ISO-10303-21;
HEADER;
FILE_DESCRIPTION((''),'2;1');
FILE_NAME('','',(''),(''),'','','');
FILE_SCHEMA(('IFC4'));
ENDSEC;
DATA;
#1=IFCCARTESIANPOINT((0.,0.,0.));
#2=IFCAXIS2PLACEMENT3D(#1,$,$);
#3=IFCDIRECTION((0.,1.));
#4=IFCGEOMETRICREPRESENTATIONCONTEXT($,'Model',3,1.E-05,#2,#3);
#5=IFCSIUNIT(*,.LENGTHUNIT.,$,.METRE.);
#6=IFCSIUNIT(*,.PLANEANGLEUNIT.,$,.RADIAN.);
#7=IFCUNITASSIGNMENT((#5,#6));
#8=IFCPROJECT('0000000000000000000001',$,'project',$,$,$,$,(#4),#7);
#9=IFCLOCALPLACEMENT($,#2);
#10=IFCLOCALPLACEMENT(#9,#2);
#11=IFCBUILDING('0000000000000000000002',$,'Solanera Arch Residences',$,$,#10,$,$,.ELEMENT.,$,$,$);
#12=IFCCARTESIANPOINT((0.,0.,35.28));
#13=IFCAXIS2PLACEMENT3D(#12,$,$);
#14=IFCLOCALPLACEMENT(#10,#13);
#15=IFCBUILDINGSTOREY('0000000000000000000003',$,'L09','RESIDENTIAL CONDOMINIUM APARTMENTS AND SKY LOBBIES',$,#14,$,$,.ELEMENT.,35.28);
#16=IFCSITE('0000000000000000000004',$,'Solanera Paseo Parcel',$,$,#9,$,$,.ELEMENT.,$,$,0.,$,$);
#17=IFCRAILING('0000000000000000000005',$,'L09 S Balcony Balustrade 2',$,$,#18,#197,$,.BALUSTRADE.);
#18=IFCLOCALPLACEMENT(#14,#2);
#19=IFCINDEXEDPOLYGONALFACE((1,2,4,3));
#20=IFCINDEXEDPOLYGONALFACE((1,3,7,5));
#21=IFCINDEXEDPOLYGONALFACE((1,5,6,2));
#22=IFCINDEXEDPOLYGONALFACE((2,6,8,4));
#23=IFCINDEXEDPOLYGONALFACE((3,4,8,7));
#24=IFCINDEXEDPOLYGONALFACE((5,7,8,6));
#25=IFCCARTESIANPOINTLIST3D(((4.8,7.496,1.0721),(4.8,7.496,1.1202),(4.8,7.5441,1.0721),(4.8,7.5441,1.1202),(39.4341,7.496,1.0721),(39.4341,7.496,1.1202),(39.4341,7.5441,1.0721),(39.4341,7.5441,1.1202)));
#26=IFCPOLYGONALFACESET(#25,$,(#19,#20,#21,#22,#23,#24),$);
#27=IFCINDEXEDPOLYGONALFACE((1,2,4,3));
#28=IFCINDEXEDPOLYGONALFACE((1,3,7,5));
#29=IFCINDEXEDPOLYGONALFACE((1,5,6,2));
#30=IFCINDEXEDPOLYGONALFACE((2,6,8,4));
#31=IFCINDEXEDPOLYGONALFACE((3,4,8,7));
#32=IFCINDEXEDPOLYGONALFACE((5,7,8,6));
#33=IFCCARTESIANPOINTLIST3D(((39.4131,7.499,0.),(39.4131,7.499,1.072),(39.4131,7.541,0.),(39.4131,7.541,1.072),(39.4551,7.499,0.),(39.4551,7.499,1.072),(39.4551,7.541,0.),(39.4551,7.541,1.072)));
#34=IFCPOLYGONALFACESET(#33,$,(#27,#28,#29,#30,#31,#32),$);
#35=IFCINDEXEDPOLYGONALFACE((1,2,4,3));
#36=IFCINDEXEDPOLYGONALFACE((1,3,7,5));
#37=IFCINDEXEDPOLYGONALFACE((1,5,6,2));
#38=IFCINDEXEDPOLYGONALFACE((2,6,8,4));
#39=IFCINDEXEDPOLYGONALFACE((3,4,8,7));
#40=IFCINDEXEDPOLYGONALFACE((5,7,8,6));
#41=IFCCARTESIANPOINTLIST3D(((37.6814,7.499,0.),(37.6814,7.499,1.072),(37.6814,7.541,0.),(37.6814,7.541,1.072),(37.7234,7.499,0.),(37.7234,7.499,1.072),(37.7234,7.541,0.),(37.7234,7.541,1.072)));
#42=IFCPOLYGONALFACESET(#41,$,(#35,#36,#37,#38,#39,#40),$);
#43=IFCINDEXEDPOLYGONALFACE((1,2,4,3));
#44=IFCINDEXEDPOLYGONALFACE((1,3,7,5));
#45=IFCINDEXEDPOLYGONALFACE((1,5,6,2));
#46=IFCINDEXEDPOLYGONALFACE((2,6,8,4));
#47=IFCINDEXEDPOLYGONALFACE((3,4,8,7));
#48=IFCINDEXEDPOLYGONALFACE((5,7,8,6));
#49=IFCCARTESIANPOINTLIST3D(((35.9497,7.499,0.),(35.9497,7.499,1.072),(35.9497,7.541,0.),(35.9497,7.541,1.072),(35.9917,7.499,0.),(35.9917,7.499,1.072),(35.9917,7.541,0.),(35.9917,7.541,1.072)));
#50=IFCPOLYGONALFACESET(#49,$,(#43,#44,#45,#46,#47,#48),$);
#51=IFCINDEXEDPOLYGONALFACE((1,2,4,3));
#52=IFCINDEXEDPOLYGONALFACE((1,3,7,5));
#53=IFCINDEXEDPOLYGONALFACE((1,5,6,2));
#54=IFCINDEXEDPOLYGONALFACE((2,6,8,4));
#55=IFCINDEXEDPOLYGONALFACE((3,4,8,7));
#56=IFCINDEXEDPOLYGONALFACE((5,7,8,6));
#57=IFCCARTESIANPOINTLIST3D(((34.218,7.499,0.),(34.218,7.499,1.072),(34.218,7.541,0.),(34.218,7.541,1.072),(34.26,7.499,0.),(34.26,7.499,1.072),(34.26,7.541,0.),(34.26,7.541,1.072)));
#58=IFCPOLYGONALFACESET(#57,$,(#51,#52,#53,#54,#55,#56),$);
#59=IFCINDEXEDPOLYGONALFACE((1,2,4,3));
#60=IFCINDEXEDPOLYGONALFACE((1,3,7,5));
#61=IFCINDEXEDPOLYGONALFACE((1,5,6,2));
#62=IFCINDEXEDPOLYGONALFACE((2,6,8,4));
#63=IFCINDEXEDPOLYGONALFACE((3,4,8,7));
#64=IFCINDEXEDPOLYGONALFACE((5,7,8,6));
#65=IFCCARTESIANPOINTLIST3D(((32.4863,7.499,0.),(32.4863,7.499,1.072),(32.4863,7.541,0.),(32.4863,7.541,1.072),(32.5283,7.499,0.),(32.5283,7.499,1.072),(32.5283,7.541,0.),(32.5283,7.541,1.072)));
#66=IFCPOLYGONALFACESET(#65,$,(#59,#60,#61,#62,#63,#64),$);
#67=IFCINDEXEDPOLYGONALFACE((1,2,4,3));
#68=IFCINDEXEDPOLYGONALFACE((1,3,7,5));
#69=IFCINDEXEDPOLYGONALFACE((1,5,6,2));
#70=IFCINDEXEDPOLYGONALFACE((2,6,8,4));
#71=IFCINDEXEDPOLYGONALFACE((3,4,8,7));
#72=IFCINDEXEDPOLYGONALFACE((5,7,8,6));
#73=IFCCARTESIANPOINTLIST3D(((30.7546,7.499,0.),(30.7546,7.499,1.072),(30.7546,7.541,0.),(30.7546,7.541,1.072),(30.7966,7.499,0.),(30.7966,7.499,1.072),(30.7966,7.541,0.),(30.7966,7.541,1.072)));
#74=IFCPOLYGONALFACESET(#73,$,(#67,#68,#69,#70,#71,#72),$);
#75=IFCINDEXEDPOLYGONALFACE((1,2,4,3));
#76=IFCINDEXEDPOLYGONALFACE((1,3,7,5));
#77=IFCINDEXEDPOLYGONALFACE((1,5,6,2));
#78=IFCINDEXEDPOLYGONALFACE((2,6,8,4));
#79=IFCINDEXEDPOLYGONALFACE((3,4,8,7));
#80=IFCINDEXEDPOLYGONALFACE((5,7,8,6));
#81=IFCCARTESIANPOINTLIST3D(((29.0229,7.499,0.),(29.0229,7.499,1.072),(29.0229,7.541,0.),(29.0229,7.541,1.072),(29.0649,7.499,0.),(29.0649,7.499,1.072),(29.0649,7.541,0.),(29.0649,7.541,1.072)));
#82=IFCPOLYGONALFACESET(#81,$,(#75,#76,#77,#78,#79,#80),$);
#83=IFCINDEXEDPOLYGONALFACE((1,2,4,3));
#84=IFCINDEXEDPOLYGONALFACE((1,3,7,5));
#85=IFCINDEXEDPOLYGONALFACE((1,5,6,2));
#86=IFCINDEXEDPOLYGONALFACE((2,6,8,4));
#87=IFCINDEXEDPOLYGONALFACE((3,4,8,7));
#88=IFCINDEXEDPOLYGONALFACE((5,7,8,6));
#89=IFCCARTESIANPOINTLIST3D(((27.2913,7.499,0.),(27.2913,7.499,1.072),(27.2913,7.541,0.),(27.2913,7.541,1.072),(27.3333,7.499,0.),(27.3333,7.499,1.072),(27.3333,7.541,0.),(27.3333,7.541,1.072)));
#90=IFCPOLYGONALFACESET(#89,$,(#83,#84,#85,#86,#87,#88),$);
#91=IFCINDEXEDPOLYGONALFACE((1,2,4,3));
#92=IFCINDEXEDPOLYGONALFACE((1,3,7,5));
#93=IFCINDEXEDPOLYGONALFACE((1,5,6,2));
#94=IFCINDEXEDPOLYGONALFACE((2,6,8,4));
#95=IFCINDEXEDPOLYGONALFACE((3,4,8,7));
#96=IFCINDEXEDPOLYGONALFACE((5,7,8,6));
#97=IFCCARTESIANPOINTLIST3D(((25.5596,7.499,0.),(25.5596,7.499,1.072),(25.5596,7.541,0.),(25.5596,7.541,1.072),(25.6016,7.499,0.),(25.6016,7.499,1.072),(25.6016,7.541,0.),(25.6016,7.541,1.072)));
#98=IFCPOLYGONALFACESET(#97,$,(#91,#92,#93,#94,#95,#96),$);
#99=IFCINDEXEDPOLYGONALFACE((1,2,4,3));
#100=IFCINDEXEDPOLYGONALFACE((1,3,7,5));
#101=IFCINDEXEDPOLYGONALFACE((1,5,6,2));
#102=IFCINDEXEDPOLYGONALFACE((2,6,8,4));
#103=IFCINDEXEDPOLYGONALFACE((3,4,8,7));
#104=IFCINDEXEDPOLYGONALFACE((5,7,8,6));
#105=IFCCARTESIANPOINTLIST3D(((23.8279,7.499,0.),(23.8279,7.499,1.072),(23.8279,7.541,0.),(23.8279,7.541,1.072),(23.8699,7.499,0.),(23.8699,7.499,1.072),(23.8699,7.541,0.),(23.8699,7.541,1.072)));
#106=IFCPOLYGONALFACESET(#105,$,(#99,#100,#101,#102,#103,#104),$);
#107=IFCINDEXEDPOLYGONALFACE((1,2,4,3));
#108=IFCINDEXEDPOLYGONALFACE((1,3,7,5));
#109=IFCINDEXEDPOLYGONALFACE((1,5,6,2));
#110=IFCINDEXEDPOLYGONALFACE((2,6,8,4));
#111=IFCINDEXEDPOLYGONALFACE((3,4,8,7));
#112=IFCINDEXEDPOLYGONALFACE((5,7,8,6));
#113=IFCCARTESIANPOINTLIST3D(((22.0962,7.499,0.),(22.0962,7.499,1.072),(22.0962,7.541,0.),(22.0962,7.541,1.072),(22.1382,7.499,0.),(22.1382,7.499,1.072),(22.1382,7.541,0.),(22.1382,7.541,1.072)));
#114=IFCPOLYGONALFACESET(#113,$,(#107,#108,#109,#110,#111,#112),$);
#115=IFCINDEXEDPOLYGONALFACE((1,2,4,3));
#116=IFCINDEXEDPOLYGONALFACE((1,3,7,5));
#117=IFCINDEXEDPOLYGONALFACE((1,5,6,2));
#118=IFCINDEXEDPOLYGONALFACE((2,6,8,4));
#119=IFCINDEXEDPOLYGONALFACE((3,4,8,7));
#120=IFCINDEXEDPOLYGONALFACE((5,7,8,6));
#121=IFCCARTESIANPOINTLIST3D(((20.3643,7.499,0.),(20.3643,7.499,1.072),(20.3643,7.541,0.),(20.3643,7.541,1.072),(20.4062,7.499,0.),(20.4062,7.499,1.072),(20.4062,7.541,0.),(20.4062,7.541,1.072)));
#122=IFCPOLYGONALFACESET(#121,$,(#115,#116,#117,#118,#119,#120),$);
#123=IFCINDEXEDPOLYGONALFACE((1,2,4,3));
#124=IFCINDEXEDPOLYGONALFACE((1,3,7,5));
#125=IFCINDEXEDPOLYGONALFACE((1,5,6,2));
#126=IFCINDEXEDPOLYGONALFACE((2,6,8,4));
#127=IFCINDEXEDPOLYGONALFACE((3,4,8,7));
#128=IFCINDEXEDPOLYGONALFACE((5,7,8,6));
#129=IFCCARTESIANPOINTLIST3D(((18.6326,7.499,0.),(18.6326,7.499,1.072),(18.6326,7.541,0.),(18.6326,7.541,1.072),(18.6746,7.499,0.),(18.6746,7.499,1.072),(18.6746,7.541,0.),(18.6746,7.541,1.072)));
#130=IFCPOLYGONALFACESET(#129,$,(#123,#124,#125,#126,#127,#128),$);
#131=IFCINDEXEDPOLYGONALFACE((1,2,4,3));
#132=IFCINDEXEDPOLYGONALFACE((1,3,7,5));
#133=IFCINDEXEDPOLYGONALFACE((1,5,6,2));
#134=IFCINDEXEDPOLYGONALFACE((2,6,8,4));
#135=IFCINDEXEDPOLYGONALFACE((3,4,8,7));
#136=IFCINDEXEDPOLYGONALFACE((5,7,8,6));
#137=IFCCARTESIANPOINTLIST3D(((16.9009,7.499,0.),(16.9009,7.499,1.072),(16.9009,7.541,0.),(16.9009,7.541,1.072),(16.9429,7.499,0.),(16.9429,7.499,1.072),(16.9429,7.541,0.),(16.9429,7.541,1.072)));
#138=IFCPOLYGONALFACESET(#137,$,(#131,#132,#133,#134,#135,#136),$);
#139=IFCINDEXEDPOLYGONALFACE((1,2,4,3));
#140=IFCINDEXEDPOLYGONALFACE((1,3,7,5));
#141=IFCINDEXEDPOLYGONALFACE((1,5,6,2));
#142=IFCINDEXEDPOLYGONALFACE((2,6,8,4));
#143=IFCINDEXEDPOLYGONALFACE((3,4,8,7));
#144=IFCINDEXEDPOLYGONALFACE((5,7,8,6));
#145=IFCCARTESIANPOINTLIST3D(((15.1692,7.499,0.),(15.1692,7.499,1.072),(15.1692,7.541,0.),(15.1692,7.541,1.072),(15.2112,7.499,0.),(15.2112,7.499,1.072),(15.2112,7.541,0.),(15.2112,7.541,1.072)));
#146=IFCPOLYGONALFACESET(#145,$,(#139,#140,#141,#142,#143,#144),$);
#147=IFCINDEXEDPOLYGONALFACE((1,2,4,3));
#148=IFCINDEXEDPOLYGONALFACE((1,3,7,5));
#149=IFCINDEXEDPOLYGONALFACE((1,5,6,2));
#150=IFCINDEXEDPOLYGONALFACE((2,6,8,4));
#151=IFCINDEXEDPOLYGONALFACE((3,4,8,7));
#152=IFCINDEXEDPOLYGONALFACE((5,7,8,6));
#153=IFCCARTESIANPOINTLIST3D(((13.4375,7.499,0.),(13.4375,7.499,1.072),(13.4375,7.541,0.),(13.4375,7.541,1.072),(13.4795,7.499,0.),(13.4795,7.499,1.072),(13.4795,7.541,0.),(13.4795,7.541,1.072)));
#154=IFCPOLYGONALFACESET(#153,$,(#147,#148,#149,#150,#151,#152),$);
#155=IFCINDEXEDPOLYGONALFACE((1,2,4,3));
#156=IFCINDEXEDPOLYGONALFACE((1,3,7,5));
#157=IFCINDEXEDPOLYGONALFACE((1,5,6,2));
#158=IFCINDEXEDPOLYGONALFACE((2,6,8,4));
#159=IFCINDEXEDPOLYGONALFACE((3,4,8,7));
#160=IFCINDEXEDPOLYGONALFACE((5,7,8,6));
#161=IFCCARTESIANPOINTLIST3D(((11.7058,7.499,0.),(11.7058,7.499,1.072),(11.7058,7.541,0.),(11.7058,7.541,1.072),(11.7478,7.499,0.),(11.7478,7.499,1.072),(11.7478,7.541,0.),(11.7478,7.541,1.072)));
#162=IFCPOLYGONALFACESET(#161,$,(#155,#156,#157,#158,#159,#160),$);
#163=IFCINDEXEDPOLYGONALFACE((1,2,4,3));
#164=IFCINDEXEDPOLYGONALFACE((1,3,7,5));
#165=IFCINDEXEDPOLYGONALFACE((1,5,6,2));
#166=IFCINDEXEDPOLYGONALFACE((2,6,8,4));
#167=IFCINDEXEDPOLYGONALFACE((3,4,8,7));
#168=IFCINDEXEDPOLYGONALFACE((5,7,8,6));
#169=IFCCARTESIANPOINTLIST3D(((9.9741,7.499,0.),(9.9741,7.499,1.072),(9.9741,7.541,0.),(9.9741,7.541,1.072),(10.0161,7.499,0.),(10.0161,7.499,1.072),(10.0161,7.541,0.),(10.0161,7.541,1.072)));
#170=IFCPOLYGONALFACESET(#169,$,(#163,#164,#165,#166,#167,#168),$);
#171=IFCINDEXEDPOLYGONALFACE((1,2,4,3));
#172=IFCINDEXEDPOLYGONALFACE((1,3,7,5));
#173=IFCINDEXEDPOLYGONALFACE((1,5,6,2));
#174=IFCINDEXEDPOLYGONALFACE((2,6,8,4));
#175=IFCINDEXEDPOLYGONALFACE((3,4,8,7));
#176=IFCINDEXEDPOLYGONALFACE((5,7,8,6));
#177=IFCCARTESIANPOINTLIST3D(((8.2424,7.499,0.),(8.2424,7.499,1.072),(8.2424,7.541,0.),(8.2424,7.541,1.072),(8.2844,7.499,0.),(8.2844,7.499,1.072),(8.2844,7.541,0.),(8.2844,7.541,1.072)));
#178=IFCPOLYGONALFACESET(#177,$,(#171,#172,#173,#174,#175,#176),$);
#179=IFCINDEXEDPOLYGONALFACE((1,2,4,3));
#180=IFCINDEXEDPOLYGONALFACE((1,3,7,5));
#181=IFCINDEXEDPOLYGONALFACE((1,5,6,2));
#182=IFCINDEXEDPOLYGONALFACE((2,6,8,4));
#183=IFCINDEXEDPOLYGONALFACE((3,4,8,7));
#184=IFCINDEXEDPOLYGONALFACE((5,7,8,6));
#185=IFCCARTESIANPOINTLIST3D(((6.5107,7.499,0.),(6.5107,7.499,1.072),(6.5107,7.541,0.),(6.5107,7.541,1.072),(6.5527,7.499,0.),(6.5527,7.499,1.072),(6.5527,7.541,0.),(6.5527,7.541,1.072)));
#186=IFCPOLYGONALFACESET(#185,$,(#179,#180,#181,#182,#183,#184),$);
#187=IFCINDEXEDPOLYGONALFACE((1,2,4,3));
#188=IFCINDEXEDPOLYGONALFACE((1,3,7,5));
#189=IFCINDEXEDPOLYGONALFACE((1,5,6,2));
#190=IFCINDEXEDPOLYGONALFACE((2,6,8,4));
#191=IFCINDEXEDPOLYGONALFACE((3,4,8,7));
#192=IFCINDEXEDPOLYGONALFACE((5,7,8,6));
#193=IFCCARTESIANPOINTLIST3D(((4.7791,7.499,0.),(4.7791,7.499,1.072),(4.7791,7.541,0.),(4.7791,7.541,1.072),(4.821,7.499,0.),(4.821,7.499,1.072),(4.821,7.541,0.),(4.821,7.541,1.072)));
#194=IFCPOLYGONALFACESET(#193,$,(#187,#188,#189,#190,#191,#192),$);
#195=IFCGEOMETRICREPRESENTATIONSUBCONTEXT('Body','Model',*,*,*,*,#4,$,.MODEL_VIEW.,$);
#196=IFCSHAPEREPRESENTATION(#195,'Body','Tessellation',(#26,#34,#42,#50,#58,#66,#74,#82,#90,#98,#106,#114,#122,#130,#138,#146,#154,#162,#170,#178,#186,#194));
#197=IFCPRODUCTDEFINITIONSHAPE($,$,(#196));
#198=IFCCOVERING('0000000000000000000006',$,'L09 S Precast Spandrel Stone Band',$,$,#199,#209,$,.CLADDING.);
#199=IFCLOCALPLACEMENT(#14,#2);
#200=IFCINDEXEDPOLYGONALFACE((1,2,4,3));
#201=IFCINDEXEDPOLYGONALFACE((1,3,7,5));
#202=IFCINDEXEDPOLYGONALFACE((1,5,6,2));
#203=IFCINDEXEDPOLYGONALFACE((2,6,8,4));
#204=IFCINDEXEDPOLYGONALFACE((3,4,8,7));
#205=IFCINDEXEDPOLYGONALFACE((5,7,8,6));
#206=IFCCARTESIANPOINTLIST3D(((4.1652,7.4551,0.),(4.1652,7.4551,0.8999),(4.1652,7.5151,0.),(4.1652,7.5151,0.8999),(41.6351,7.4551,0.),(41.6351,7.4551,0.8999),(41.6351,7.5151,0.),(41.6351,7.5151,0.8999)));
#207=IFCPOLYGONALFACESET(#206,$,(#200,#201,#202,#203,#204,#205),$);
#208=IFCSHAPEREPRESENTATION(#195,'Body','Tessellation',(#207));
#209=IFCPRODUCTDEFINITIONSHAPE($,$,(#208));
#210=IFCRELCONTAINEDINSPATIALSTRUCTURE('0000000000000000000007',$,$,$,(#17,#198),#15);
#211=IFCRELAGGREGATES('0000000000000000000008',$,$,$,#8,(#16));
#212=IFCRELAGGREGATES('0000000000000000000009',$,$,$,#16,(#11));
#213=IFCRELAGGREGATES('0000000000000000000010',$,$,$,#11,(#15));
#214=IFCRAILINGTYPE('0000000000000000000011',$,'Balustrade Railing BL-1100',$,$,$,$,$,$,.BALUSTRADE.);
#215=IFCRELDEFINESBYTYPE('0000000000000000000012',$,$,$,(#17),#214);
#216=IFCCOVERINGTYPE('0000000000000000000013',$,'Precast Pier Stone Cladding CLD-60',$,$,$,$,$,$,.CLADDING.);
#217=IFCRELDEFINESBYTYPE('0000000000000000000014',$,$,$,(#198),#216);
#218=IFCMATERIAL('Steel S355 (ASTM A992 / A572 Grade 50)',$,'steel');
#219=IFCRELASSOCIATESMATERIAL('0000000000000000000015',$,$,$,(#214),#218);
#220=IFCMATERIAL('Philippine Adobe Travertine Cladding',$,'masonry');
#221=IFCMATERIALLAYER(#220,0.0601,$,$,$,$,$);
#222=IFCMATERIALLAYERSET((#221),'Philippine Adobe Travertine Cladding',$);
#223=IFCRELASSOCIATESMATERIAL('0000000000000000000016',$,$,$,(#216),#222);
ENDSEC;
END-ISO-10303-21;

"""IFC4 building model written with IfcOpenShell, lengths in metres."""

from ifc_helpers import new_model, si_unit, direction, frame, frame_2d, origin, origin_2d, place, context, subcontext, project, spatial, rectangle, extrude, material, layer, layer_set, type_object, element, save


model = new_model("IFC4")

# Units and contexts
model_context = context("Model", 3, precision=1e-05, world=origin(), true_north=direction((0.0, 1.0)))
body_context = subcontext(model_context, "Body", "Model", "MODEL_VIEW")
ifc_project = project(units=[si_unit("LENGTHUNIT", "METRE"), si_unit("PLANEANGLEUNIT", "RADIAN")], contexts=[model_context])

# Site, building, storey
site_placement = place(None, origin())
site = spatial("IfcSite", under=ifc_project, at=site_placement, Name="Solanera Paseo Parcel", CompositionType="ELEMENT", RefElevation=0.0)
building_placement = place(site_placement, origin())
building = spatial("IfcBuilding", under=site, at=building_placement, Name="Solanera Arch Residences", CompositionType="ELEMENT")
storey_placement = place(building_placement, frame((0.0, 0.0, 35.28)))
storey = spatial("IfcBuildingStorey", under=building, at=storey_placement, Name="L09", Description="RESIDENTIAL CONDOMINIUM APARTMENTS AND SKY LOBBIES", CompositionType="ELEMENT", Elevation=35.28)

# Railing
ifc_material_1 = material(Name="Steel S355 (ASTM A992 / A572 Grade 50)", Category="steel")
railing_type = type_object("IfcRailingType", Name="Balustrade Railing BL-1100", PredefinedType="BALUSTRADE", material=ifc_material_1)
railing_1_placement = place(storey_placement, frame((39.4341, 7.52, 0.0)))
element("IfcRailing", 1, at=railing_1_placement, inside=storey, type_object=railing_type, Name="L09 S Balcony Balustrade 2", PredefinedType="BALUSTRADE", context=body_context, shape_type="SweptSolid", body=[
    extrude(rectangle(XDim=0.0481, YDim=0.0481, at=origin_2d()), frame((0.0, 0.0, 1.0962), z_axis=(-1.0, 0.0, 0.0), x_axis=(0.0, -1.0, 0.0)), (0.0, 0.0, 1.0), 34.634),
    extrude(rectangle(XDim=0.042, YDim=0.042, at=origin_2d()), origin(), (0.0, 0.0, 1.0), 1.072),
    extrude(rectangle(XDim=0.042, YDim=0.042, at=origin_2d()), frame((-1.7317, 0.0, 0.0)), (0.0, 0.0, 1.0), 1.072),
    extrude(rectangle(XDim=0.042, YDim=0.042, at=origin_2d()), frame((-3.4634, 0.0, 0.0)), (0.0, 0.0, 1.0), 1.072),
    extrude(rectangle(XDim=0.042, YDim=0.042, at=origin_2d()), frame((-5.1951, 0.0, 0.0)), (0.0, 0.0, 1.0), 1.072),
    extrude(rectangle(XDim=0.042, YDim=0.042, at=origin_2d()), frame((-6.9268, 0.0, 0.0)), (0.0, 0.0, 1.0), 1.072),
    extrude(rectangle(XDim=0.042, YDim=0.042, at=origin_2d()), frame((-8.6584, 0.0, 0.0)), (0.0, 0.0, 1.0), 1.072),
    extrude(rectangle(XDim=0.042, YDim=0.042, at=origin_2d()), frame((-10.3901, 0.0, 0.0)), (0.0, 0.0, 1.0), 1.072),
    extrude(rectangle(XDim=0.042, YDim=0.042, at=origin_2d()), frame((-12.1218, 0.0, 0.0)), (0.0, 0.0, 1.0), 1.072),
    extrude(rectangle(XDim=0.042, YDim=0.042, at=origin_2d()), frame((-13.8535, 0.0, 0.0)), (0.0, 0.0, 1.0), 1.072),
    extrude(rectangle(XDim=0.042, YDim=0.042, at=origin_2d()), frame((-15.5852, 0.0, 0.0)), (0.0, 0.0, 1.0), 1.072),
    extrude(rectangle(XDim=0.042, YDim=0.042, at=origin_2d()), frame((-17.3169, 0.0, 0.0)), (0.0, 0.0, 1.0), 1.072),
    extrude(rectangle(XDim=0.042, YDim=0.042, at=origin_2d()), frame((-19.0488, 0.0, 0.0)), (0.0, 0.0, 1.0), 1.072),
    extrude(rectangle(XDim=0.042, YDim=0.042, at=origin_2d()), frame((-20.7805, 0.0, 0.0)), (0.0, 0.0, 1.0), 1.072),
    extrude(rectangle(XDim=0.042, YDim=0.042, at=origin_2d()), frame((-22.5122, 0.0, 0.0)), (0.0, 0.0, 1.0), 1.072),
    extrude(rectangle(XDim=0.042, YDim=0.042, at=origin_2d()), frame((-24.2439, 0.0, 0.0)), (0.0, 0.0, 1.0), 1.072),
    extrude(rectangle(XDim=0.042, YDim=0.042, at=origin_2d()), frame((-25.9756, 0.0, 0.0)), (0.0, 0.0, 1.0), 1.072),
    extrude(rectangle(XDim=0.042, YDim=0.042, at=origin_2d()), frame((-27.7073, 0.0, 0.0)), (0.0, 0.0, 1.0), 1.072),
    extrude(rectangle(XDim=0.042, YDim=0.042, at=origin_2d()), frame((-29.439, 0.0, 0.0)), (0.0, 0.0, 1.0), 1.072),
    extrude(rectangle(XDim=0.042, YDim=0.042, at=origin_2d()), frame((-31.1707, 0.0, 0.0)), (0.0, 0.0, 1.0), 1.072),
    extrude(rectangle(XDim=0.042, YDim=0.042, at=origin_2d()), frame((-32.9023, 0.0, 0.0)), (0.0, 0.0, 1.0), 1.072),
    extrude(rectangle(XDim=0.042, YDim=0.042, at=origin_2d()), frame((-34.634, 0.0, 0.0)), (0.0, 0.0, 1.0), 1.072),
])

# Covering
ifc_material_2 = material(Name="Philippine Adobe Travertine Cladding", Category="masonry")
ifc_layer_1 = layer(ifc_material_2, 0.0601)
ifc_layer_set_1 = layer_set([ifc_layer_1], Name="Philippine Adobe Travertine Cladding")
covering_type = type_object("IfcCoveringType", Name="Precast Pier Stone Cladding CLD-60", PredefinedType="CLADDING", material=ifc_layer_set_1)
covering_placement = place(storey_placement, frame((41.635, 7.4851, 0.0), z_axis=(0.0, 0.0, 1.0), x_axis=(-1.0, 0.0, 0.0)))
element("IfcCovering", 2, at=covering_placement, inside=storey, type_object=covering_type, Name="L09 S Precast Spandrel Stone Band", PredefinedType="CLADDING", context=body_context, shape_type="SweptSolid", body=[
    extrude(rectangle(XDim=37.47, YDim=0.0601, at=frame_2d((18.7349, 0.0))), origin(), (0.0, 0.0, 1.0), 0.8999),
])

save(model, "model.ifc")
